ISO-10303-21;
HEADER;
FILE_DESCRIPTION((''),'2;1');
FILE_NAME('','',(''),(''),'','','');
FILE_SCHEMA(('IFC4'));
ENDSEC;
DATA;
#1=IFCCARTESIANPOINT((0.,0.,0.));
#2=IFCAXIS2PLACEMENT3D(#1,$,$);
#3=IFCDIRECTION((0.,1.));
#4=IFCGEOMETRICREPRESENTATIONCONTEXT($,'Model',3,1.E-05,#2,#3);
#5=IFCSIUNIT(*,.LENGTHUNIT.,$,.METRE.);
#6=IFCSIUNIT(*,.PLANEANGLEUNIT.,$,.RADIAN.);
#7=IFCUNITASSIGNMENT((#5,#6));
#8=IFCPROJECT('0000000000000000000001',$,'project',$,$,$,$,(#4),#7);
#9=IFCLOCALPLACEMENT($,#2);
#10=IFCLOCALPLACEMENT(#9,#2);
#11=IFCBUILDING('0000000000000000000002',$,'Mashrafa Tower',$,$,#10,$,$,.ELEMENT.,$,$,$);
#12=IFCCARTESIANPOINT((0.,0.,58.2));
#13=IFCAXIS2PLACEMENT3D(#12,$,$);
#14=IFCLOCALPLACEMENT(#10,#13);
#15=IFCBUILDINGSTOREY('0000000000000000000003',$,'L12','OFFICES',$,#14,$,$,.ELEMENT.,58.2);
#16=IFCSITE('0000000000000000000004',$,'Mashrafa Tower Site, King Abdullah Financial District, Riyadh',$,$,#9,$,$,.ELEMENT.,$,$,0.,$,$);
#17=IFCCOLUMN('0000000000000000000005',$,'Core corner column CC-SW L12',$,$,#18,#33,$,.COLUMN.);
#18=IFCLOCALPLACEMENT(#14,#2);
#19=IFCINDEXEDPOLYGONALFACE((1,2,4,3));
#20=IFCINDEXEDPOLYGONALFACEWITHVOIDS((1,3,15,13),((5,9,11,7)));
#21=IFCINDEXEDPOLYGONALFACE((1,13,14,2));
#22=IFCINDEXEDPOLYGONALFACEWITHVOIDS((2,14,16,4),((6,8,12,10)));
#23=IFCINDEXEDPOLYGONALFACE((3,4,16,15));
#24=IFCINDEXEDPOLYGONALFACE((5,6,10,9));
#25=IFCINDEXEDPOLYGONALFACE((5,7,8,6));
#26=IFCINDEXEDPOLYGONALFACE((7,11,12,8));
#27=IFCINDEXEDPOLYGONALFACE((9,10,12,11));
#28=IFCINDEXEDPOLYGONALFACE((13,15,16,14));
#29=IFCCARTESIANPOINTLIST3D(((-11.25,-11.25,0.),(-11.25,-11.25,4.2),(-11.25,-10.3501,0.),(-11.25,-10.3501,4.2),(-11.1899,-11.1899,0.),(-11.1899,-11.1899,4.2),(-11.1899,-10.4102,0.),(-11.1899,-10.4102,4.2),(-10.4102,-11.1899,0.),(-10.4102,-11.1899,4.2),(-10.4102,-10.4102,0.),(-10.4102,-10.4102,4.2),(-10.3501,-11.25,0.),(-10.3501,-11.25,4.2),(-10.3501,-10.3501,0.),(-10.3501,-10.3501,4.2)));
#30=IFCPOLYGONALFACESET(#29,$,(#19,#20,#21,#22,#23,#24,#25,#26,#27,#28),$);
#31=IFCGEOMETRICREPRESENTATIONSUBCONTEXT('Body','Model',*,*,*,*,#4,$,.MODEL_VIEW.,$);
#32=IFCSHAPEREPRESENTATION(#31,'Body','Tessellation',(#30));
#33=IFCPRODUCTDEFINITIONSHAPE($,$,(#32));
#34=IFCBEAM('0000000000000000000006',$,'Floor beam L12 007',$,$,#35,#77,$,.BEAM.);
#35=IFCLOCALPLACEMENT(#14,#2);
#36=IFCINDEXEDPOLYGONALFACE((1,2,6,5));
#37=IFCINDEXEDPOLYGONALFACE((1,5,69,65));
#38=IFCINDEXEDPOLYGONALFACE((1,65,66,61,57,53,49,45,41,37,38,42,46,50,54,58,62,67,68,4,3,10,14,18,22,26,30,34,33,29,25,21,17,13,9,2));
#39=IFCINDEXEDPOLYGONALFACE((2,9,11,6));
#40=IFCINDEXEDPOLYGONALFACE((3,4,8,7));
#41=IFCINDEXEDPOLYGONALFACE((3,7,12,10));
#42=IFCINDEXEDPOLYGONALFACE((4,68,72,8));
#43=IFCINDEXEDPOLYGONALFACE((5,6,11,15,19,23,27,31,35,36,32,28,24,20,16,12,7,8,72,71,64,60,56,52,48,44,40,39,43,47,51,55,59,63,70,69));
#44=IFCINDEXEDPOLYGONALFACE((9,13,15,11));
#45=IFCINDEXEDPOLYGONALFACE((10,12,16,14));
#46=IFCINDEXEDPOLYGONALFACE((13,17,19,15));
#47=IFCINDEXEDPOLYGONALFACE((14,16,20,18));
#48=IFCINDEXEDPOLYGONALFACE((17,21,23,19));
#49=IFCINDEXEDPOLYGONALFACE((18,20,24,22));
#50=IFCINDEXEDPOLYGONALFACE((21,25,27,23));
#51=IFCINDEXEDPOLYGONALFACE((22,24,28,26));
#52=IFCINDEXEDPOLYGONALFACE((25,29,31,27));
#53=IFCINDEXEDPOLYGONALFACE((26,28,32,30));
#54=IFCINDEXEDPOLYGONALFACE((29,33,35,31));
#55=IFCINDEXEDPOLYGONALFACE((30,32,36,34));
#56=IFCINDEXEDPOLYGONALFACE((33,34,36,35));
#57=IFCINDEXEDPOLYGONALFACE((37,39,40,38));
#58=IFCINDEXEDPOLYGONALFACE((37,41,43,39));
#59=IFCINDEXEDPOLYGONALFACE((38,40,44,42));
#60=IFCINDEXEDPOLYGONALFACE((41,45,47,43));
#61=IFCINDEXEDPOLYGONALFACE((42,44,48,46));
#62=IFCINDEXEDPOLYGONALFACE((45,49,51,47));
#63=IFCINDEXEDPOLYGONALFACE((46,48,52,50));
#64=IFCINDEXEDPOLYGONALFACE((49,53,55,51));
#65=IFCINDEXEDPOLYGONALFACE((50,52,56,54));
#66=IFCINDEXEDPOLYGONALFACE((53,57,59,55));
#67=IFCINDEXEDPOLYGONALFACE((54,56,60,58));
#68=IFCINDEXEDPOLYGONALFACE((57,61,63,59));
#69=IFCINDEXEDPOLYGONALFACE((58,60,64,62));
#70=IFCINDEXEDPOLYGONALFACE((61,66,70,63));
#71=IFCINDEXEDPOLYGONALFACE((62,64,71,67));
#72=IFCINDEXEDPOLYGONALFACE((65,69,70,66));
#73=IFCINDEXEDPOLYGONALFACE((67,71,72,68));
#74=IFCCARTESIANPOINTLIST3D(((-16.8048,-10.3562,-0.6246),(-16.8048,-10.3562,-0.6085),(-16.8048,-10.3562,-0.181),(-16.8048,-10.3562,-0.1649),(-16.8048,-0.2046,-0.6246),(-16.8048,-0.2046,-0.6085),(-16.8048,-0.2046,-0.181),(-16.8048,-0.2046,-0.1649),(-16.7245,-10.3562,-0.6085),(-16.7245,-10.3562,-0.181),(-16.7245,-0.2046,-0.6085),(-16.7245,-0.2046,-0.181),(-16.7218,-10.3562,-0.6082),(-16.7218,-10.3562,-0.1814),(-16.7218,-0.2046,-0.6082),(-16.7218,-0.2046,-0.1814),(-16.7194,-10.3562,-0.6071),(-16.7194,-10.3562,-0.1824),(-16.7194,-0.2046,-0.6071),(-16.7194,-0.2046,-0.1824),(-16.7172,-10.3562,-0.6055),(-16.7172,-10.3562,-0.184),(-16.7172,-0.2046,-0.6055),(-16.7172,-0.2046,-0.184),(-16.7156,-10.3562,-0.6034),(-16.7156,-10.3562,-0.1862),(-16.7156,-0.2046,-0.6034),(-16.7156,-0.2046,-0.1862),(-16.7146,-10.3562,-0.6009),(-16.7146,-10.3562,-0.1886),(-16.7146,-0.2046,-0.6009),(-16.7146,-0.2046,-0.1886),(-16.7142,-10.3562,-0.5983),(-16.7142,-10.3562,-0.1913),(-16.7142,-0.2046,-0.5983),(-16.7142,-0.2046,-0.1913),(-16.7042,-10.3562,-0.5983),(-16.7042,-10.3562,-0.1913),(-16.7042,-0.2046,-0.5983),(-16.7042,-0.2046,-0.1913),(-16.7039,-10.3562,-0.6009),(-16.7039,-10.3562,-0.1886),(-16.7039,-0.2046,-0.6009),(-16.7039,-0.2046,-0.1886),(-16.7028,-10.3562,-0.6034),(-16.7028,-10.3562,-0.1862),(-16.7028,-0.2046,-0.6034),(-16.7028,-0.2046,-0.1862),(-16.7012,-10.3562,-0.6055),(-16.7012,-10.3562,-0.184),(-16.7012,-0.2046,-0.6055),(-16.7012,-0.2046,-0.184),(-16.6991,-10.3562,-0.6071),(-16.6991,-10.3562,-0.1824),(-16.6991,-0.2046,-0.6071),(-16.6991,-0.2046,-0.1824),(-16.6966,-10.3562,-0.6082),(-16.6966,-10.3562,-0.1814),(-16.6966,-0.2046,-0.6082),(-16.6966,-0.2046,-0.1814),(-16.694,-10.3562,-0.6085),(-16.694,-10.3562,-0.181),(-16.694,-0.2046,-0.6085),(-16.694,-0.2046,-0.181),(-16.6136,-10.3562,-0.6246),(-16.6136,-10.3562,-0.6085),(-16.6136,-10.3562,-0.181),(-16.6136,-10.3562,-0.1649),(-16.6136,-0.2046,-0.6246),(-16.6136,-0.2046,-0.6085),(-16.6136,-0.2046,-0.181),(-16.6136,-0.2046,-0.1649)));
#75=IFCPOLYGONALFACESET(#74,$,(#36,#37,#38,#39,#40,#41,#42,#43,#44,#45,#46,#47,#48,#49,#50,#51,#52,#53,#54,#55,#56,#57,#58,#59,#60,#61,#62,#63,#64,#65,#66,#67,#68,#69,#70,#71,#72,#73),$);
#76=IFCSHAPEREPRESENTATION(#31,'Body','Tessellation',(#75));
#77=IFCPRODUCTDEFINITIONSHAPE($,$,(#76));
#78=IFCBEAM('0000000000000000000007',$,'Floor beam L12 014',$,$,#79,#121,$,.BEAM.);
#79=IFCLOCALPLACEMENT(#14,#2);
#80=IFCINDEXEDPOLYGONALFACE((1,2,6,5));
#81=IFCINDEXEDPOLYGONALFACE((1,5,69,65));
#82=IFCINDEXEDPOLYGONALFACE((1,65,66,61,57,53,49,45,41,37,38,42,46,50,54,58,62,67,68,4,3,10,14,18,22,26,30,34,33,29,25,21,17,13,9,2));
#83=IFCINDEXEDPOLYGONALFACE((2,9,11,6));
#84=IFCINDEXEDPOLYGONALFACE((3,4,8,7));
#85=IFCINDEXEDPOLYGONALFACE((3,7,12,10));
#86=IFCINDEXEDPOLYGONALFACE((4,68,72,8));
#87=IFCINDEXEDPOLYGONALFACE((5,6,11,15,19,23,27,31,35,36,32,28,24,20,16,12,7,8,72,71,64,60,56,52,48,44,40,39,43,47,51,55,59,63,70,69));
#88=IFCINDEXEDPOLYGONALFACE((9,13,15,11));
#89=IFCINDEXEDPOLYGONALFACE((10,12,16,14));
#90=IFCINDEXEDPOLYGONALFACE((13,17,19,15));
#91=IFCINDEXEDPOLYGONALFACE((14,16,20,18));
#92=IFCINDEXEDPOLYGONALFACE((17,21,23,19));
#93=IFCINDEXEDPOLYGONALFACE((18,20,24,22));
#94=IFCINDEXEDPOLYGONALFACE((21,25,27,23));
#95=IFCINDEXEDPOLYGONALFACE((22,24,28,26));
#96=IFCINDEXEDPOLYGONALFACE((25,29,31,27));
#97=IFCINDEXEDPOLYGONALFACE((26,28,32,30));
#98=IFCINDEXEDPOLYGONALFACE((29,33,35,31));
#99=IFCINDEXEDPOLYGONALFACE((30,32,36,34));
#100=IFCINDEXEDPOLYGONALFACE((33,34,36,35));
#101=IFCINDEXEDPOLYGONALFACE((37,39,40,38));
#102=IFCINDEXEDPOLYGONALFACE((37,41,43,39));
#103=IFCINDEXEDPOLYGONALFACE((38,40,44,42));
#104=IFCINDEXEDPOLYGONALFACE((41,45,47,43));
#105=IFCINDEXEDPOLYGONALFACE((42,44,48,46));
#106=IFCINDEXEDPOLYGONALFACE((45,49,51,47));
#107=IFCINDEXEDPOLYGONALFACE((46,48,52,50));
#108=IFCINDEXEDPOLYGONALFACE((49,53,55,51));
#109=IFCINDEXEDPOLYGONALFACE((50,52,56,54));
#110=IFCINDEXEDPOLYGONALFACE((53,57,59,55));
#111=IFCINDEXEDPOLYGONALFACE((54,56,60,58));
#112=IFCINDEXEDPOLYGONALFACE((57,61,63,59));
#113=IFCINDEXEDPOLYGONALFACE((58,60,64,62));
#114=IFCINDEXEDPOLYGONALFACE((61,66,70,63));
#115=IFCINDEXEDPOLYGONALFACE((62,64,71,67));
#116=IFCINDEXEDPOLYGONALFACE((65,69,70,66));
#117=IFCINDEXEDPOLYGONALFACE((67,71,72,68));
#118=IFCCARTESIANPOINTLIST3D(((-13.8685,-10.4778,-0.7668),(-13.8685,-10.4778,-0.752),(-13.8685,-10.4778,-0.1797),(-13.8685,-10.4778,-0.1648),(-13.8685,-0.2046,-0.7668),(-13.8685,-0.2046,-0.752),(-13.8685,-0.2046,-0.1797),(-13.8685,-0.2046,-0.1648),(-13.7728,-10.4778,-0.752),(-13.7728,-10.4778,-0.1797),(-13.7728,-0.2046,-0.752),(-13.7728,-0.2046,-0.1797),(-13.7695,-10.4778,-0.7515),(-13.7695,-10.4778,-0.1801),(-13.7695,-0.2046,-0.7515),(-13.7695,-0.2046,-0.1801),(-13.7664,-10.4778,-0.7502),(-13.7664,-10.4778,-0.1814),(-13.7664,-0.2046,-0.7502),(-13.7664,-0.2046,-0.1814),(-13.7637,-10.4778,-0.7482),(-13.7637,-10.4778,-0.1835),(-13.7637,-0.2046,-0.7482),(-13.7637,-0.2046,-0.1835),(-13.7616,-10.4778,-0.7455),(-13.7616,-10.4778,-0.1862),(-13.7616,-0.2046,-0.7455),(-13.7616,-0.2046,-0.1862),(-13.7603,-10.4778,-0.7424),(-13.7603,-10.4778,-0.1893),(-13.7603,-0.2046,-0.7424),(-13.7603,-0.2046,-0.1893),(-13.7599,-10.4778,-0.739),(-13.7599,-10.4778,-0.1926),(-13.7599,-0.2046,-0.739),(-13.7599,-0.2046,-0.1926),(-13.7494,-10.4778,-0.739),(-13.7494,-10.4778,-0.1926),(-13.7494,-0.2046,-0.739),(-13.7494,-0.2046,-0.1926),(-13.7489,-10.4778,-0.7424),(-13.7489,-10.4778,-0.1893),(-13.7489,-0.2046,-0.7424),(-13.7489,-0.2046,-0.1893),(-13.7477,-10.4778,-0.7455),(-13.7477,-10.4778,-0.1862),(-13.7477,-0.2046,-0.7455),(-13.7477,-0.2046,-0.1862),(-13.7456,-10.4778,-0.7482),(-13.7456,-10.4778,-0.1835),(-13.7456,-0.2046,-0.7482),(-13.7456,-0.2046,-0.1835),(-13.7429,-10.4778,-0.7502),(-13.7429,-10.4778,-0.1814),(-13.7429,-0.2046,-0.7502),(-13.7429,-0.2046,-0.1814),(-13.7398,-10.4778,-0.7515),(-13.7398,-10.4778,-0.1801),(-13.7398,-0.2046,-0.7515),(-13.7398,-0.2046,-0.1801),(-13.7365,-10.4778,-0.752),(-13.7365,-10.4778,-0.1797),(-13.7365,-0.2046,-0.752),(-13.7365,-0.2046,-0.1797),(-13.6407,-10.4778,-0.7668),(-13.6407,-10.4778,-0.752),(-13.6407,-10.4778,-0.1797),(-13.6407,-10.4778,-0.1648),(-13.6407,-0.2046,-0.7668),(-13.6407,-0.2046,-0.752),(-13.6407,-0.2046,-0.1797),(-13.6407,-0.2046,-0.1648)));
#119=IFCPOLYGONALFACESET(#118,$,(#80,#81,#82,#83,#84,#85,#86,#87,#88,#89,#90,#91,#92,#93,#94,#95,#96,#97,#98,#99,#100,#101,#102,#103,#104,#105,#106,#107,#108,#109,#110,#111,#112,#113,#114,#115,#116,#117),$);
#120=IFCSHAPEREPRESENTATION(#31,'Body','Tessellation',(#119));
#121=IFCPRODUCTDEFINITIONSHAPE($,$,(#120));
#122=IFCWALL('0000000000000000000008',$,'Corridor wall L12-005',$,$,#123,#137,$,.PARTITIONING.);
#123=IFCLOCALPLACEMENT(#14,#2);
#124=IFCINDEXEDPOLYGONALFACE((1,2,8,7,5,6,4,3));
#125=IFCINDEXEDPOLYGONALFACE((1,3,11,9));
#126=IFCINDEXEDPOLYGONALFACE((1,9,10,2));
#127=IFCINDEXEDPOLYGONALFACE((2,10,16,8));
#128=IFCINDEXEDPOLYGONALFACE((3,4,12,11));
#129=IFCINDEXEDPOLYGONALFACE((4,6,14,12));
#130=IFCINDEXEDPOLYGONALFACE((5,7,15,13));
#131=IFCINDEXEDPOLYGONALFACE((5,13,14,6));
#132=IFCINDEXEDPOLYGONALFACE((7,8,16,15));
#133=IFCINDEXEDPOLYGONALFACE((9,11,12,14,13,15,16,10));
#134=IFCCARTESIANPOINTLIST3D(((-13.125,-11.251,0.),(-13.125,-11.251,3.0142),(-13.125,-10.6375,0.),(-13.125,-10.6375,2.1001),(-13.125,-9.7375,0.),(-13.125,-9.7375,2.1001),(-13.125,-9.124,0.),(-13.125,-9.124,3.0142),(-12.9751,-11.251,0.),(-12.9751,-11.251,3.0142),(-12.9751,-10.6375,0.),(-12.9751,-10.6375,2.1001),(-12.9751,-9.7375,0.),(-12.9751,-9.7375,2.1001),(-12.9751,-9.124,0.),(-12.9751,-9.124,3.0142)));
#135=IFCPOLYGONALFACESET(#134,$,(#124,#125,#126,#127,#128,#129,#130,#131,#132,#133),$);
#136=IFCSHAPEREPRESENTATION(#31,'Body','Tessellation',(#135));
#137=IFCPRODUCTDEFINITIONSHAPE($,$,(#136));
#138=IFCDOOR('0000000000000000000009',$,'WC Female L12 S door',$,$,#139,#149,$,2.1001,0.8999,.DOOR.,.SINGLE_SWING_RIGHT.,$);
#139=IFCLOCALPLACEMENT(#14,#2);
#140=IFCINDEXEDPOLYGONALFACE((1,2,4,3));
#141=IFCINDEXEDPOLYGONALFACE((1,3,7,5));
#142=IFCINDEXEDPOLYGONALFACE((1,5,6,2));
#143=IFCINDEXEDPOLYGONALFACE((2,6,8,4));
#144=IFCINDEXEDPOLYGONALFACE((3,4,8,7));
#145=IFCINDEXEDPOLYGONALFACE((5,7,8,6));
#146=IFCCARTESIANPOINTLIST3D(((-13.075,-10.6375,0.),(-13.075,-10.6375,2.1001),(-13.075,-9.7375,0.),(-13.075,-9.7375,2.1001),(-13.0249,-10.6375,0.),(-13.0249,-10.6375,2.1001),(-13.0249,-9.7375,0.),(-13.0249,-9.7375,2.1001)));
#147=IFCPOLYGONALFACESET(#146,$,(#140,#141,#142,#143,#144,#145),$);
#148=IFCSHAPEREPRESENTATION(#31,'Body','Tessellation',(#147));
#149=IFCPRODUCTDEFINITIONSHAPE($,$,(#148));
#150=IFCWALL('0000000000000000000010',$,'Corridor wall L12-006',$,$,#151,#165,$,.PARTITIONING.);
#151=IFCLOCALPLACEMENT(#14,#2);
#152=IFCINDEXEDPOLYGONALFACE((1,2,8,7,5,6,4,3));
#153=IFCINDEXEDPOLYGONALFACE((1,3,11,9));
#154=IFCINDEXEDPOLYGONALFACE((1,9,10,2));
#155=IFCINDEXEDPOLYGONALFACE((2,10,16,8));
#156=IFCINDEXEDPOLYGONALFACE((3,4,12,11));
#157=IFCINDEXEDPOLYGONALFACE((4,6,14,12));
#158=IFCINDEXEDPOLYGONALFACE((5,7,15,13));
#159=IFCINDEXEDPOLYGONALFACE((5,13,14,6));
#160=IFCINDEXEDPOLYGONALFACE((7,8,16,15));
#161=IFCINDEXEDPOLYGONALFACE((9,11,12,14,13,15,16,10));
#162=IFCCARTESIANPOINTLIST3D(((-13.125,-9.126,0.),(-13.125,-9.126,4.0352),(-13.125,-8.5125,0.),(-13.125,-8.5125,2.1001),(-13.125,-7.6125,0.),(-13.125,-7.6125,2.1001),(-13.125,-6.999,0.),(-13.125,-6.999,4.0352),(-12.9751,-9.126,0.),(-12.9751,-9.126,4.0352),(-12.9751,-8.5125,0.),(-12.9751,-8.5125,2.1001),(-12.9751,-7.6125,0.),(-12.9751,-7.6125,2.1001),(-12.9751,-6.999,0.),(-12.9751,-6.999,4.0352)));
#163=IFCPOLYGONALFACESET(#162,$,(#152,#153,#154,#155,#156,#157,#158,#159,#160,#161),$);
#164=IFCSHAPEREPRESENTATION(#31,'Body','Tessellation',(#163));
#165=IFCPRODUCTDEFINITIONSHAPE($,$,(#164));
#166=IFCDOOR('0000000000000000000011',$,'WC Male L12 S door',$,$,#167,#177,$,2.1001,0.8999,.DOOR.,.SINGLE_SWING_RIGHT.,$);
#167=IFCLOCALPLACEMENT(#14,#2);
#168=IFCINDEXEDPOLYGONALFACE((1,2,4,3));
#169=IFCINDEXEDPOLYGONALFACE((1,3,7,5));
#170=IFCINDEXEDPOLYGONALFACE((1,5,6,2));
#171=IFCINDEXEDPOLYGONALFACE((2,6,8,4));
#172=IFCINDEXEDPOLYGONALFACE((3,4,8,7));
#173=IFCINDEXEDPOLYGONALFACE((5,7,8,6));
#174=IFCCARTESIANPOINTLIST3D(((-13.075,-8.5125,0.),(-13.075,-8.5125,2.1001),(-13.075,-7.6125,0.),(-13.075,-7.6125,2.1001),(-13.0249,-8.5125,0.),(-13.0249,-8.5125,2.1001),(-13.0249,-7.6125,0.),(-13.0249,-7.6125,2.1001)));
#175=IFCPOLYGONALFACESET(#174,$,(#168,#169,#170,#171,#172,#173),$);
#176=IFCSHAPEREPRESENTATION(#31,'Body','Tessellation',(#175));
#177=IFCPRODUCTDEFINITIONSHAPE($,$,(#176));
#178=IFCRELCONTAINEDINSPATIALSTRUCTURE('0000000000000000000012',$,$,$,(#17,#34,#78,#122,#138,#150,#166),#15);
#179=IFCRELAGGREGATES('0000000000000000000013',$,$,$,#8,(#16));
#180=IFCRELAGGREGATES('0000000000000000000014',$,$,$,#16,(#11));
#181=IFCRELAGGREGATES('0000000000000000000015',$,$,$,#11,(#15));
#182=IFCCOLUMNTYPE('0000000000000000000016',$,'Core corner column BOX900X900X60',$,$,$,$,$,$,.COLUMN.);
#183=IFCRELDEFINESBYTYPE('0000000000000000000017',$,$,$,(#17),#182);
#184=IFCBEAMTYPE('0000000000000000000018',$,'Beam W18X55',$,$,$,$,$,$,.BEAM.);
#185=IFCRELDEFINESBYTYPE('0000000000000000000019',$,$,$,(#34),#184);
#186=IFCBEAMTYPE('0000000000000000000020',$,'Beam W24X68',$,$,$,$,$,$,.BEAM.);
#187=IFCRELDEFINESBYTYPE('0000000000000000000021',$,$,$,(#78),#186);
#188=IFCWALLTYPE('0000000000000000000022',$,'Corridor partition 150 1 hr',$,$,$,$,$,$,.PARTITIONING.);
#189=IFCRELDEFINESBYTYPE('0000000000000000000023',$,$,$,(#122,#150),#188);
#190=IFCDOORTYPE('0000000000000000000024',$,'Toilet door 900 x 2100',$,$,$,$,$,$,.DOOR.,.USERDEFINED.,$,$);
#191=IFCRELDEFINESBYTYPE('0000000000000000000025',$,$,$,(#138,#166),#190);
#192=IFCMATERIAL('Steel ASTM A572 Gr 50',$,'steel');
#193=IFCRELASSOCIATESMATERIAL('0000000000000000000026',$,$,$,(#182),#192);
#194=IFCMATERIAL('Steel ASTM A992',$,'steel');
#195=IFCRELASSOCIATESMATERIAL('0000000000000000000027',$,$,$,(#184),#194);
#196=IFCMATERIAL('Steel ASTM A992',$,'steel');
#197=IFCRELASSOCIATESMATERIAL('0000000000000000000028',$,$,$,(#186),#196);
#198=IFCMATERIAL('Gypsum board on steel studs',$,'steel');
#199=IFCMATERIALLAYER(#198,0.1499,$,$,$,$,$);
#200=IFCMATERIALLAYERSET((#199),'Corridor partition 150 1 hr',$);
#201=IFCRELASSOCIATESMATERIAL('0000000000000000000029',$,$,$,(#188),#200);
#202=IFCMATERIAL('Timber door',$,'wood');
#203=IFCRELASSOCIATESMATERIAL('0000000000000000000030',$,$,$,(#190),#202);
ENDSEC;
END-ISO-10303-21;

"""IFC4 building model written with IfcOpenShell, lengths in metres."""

from ifc_helpers import new_model, si_unit, direction, frame, frame_2d, origin, origin_2d, place, context, subcontext, project, spatial, rectangle, hollow_rectangle, i_section, extrude, material, layer, layer_set, material_profile, profile_set, type_object, element, fill, save


model = new_model("IFC4")

# Units and contexts
model_context = context("Model", 3, precision=1e-05, world=origin(), true_north=direction((0.0, 1.0)))
body_context = subcontext(model_context, "Body", "Model", "MODEL_VIEW")
ifc_project = project(units=[si_unit("LENGTHUNIT", "METRE"), si_unit("PLANEANGLEUNIT", "RADIAN")], contexts=[model_context])

# Site, building, storey
site_placement = place(None, origin())
site = spatial("IfcSite", under=ifc_project, at=site_placement, Name="Mashrafa Tower Site, King Abdullah Financial District, Riyadh", CompositionType="ELEMENT", RefElevation=0.0)
building_placement = place(site_placement, origin())
building = spatial("IfcBuilding", under=site, at=building_placement, Name="Mashrafa Tower", CompositionType="ELEMENT")
storey_placement = place(building_placement, frame((0.0, 0.0, 58.2)))
storey = spatial("IfcBuildingStorey", under=building, at=storey_placement, Name="L12", Description="OFFICES", CompositionType="ELEMENT", Elevation=58.2)

# Column
ifc_material_1 = material(Name="Steel ASTM A572 Gr 50", Category="steel")
ifc_material_profile_1 = material_profile(ifc_material_1, hollow_rectangle(XDim=0.8999, YDim=0.8999, WallThickness=0.0601, at=origin_2d()), Name="BOX900X900X60")
ifc_profile_set_1 = profile_set([ifc_material_profile_1], Name="Steel ASTM A572 Gr 50")
column_type = type_object("IfcColumnType", Name="Core corner column BOX900X900X60", PredefinedType="COLUMN", material=ifc_profile_set_1)
column_placement = place(storey_placement, frame((-10.8, -10.8, 0.0), z_axis=(0.0, 0.0, 1.0), x_axis=(1.0, 0.0, 0.0)))
element("IfcColumn", 1, at=column_placement, inside=storey, type_object=column_type, Name="Core corner column CC-SW L12", PredefinedType="COLUMN", context=body_context, shape_type="SweptSolid", body=[
    extrude(hollow_rectangle(XDim=0.8999, YDim=0.8999, WallThickness=0.0601, at=origin_2d()), origin(), (0.0, 0.0, 1.0), 4.2),
])

# Beams
ifc_material_2 = material(Name="Steel ASTM A992", Category="steel")
ifc_material_profile_2 = material_profile(ifc_material_2, i_section(OverallWidth=0.1912, OverallDepth=0.4597, WebThickness=0.01, FlangeThickness=0.0161, FilletRadius=0.0103, at=origin_2d()), Name="W18X55")
ifc_profile_set_2 = profile_set([ifc_material_profile_2], Name="Steel ASTM A992")
beam_type_1 = type_object("IfcBeamType", Name="Beam W18X55", PredefinedType="BEAM", material=ifc_profile_set_2)
beam_1_placement = place(storey_placement, frame((-16.7092, -10.3562, -0.3948), z_axis=(0.0, 1.0, 0.0), x_axis=(-1.0, 0.0, 0.0)))
element("IfcBeam", 2, at=beam_1_placement, inside=storey, type_object=beam_type_1, Name="Floor beam L12 007", PredefinedType="BEAM", context=body_context, shape_type="SweptSolid", body=[
    extrude(i_section(OverallWidth=0.1912, OverallDepth=0.4597, WebThickness=0.01, FlangeThickness=0.0161, FilletRadius=0.0103, at=origin_2d()), origin(), (0.0, 0.0, 1.0), 10.1516),
])
ifc_material_3 = material(Name="Steel ASTM A992", Category="steel")
ifc_material_profile_3 = material_profile(ifc_material_3, i_section(OverallWidth=0.2278, OverallDepth=0.6021, WebThickness=0.0105, FlangeThickness=0.0149, FilletRadius=0.0129, at=origin_2d()), Name="W24X68")
ifc_profile_set_3 = profile_set([ifc_material_profile_3], Name="Steel ASTM A992")
beam_type_2 = type_object("IfcBeamType", Name="Beam W24X68", PredefinedType="BEAM", material=ifc_profile_set_3)
beam_2_placement = place(storey_placement, frame((-13.7546, -10.4778, -0.4658), z_axis=(0.0, 1.0, 0.0), x_axis=(-1.0, 0.0, 0.0)))
element("IfcBeam", 3, at=beam_2_placement, inside=storey, type_object=beam_type_2, Name="Floor beam L12 014", PredefinedType="BEAM", context=body_context, shape_type="SweptSolid", body=[
    extrude(i_section(OverallWidth=0.2278, OverallDepth=0.6021, WebThickness=0.0105, FlangeThickness=0.0149, FilletRadius=0.0129, at=origin_2d()), origin(), (0.0, 0.0, 1.0), 10.2732),
])

# Walls, openings, doors
ifc_material_4 = material(Name="Gypsum board on steel studs", Category="steel")
ifc_layer_1 = layer(ifc_material_4, 0.1499)
ifc_layer_set_1 = layer_set([ifc_layer_1], Name="Corridor partition 150 1 hr")
wall_type_1 = type_object("IfcWallType", Name="Corridor partition 150 1 hr", PredefinedType="PARTITIONING", material=ifc_layer_set_1)
wall_1_placement = place(storey_placement, frame((-13.05, -9.124, 0.0), z_axis=(0.0, 0.0, 1.0), x_axis=(0.0, -1.0, 0.0)))
wall_1 = element("IfcWall", 4, at=wall_1_placement, inside=storey, type_object=wall_type_1, Name="Corridor wall L12-005", PredefinedType="PARTITIONING", context=body_context, shape_type="SweptSolid", body=[
    extrude(rectangle(XDim=2.127, YDim=0.1499, at=frame_2d((1.0635, 0.0))), origin(), (0.0, 0.0, 1.0), 3.0142),
])
opening_1_placement = place(wall_1_placement, frame((0.6135, 0.0, 0.0)))
opening_1 = element("IfcOpeningElement", 5, at=opening_1_placement, cuts=wall_1, PredefinedType="OPENING", context=body_context, shape_type="SweptSolid", body=[
    extrude(rectangle(XDim=0.8999, YDim=2.1001, at=frame_2d((0.45, 1.05))), frame((0.0, 0.085, 0.0), z_axis=(0.0, -1.0, 0.0), x_axis=(1.0, 0.0, 0.0)), (0.0, 0.0, 1.0), 0.1699),
])
ifc_material_5 = material(Name="Timber door", Category="wood")
door_type_1 = type_object("IfcDoorType", Name="Toilet door 900 x 2100", OperationType="USERDEFINED", PredefinedType="DOOR", material=ifc_material_5)
door_1_placement = place(opening_1_placement, frame((0.8999, 0.0, 0.0), z_axis=(0.0, 0.0, 1.0), x_axis=(-1.0, 0.0, 0.0)))
door_1 = element("IfcDoor", 6, at=door_1_placement, inside=storey, type_object=door_type_1, Name="WC Female L12 S door", OperationType="SINGLE_SWING_RIGHT", OverallHeight=2.1001, OverallWidth=0.8999, PredefinedType="DOOR", context=body_context, shape_type="SweptSolid", body=[
    extrude(rectangle(XDim=0.8999, YDim=2.1001, at=frame_2d((0.45, 1.05))), frame((0.0, 0.0249, 0.0), z_axis=(0.0, -1.0, 0.0), x_axis=(1.0, 0.0, 0.0)), (0.0, 0.0, 1.0), 0.05),
])
fill(opening_1, door_1)
wall_2_placement = place(storey_placement, frame((-13.05, -6.999, 0.0), z_axis=(0.0, 0.0, 1.0), x_axis=(0.0, -1.0, 0.0)))
wall_2 = element("IfcWall", 7, at=wall_2_placement, inside=storey, type_object=wall_type_1, Name="Corridor wall L12-006", PredefinedType="PARTITIONING", context=body_context, shape_type="SweptSolid", body=[
    extrude(rectangle(XDim=2.127, YDim=0.1499, at=frame_2d((1.0635, 0.0))), origin(), (0.0, 0.0, 1.0), 4.0352),
])
opening_2_placement = place(wall_2_placement, frame((0.6135, 0.0, 0.0)))
opening_2 = element("IfcOpeningElement", 8, at=opening_2_placement, cuts=wall_2, PredefinedType="OPENING", context=body_context, shape_type="SweptSolid", body=[
    extrude(rectangle(XDim=0.8999, YDim=2.1001, at=frame_2d((0.45, 1.05))), frame((0.0, 0.085, 0.0), z_axis=(0.0, -1.0, 0.0), x_axis=(1.0, 0.0, 0.0)), (0.0, 0.0, 1.0), 0.1699),
])
door_2_placement = place(opening_2_placement, frame((0.8999, 0.0, 0.0), z_axis=(0.0, 0.0, 1.0), x_axis=(-1.0, 0.0, 0.0)))
door_2 = element("IfcDoor", 9, at=door_2_placement, inside=storey, type_object=door_type_1, Name="WC Male L12 S door", OperationType="SINGLE_SWING_RIGHT", OverallHeight=2.1001, OverallWidth=0.8999, PredefinedType="DOOR", context=body_context, shape_type="SweptSolid", body=[
    extrude(rectangle(XDim=0.8999, YDim=2.1001, at=frame_2d((0.45, 1.05))), frame((0.0, 0.0249, 0.0), z_axis=(0.0, -1.0, 0.0), x_axis=(1.0, 0.0, 0.0)), (0.0, 0.0, 1.0), 0.05),
])
fill(opening_2, door_2)

save(model, "model.ifc")
